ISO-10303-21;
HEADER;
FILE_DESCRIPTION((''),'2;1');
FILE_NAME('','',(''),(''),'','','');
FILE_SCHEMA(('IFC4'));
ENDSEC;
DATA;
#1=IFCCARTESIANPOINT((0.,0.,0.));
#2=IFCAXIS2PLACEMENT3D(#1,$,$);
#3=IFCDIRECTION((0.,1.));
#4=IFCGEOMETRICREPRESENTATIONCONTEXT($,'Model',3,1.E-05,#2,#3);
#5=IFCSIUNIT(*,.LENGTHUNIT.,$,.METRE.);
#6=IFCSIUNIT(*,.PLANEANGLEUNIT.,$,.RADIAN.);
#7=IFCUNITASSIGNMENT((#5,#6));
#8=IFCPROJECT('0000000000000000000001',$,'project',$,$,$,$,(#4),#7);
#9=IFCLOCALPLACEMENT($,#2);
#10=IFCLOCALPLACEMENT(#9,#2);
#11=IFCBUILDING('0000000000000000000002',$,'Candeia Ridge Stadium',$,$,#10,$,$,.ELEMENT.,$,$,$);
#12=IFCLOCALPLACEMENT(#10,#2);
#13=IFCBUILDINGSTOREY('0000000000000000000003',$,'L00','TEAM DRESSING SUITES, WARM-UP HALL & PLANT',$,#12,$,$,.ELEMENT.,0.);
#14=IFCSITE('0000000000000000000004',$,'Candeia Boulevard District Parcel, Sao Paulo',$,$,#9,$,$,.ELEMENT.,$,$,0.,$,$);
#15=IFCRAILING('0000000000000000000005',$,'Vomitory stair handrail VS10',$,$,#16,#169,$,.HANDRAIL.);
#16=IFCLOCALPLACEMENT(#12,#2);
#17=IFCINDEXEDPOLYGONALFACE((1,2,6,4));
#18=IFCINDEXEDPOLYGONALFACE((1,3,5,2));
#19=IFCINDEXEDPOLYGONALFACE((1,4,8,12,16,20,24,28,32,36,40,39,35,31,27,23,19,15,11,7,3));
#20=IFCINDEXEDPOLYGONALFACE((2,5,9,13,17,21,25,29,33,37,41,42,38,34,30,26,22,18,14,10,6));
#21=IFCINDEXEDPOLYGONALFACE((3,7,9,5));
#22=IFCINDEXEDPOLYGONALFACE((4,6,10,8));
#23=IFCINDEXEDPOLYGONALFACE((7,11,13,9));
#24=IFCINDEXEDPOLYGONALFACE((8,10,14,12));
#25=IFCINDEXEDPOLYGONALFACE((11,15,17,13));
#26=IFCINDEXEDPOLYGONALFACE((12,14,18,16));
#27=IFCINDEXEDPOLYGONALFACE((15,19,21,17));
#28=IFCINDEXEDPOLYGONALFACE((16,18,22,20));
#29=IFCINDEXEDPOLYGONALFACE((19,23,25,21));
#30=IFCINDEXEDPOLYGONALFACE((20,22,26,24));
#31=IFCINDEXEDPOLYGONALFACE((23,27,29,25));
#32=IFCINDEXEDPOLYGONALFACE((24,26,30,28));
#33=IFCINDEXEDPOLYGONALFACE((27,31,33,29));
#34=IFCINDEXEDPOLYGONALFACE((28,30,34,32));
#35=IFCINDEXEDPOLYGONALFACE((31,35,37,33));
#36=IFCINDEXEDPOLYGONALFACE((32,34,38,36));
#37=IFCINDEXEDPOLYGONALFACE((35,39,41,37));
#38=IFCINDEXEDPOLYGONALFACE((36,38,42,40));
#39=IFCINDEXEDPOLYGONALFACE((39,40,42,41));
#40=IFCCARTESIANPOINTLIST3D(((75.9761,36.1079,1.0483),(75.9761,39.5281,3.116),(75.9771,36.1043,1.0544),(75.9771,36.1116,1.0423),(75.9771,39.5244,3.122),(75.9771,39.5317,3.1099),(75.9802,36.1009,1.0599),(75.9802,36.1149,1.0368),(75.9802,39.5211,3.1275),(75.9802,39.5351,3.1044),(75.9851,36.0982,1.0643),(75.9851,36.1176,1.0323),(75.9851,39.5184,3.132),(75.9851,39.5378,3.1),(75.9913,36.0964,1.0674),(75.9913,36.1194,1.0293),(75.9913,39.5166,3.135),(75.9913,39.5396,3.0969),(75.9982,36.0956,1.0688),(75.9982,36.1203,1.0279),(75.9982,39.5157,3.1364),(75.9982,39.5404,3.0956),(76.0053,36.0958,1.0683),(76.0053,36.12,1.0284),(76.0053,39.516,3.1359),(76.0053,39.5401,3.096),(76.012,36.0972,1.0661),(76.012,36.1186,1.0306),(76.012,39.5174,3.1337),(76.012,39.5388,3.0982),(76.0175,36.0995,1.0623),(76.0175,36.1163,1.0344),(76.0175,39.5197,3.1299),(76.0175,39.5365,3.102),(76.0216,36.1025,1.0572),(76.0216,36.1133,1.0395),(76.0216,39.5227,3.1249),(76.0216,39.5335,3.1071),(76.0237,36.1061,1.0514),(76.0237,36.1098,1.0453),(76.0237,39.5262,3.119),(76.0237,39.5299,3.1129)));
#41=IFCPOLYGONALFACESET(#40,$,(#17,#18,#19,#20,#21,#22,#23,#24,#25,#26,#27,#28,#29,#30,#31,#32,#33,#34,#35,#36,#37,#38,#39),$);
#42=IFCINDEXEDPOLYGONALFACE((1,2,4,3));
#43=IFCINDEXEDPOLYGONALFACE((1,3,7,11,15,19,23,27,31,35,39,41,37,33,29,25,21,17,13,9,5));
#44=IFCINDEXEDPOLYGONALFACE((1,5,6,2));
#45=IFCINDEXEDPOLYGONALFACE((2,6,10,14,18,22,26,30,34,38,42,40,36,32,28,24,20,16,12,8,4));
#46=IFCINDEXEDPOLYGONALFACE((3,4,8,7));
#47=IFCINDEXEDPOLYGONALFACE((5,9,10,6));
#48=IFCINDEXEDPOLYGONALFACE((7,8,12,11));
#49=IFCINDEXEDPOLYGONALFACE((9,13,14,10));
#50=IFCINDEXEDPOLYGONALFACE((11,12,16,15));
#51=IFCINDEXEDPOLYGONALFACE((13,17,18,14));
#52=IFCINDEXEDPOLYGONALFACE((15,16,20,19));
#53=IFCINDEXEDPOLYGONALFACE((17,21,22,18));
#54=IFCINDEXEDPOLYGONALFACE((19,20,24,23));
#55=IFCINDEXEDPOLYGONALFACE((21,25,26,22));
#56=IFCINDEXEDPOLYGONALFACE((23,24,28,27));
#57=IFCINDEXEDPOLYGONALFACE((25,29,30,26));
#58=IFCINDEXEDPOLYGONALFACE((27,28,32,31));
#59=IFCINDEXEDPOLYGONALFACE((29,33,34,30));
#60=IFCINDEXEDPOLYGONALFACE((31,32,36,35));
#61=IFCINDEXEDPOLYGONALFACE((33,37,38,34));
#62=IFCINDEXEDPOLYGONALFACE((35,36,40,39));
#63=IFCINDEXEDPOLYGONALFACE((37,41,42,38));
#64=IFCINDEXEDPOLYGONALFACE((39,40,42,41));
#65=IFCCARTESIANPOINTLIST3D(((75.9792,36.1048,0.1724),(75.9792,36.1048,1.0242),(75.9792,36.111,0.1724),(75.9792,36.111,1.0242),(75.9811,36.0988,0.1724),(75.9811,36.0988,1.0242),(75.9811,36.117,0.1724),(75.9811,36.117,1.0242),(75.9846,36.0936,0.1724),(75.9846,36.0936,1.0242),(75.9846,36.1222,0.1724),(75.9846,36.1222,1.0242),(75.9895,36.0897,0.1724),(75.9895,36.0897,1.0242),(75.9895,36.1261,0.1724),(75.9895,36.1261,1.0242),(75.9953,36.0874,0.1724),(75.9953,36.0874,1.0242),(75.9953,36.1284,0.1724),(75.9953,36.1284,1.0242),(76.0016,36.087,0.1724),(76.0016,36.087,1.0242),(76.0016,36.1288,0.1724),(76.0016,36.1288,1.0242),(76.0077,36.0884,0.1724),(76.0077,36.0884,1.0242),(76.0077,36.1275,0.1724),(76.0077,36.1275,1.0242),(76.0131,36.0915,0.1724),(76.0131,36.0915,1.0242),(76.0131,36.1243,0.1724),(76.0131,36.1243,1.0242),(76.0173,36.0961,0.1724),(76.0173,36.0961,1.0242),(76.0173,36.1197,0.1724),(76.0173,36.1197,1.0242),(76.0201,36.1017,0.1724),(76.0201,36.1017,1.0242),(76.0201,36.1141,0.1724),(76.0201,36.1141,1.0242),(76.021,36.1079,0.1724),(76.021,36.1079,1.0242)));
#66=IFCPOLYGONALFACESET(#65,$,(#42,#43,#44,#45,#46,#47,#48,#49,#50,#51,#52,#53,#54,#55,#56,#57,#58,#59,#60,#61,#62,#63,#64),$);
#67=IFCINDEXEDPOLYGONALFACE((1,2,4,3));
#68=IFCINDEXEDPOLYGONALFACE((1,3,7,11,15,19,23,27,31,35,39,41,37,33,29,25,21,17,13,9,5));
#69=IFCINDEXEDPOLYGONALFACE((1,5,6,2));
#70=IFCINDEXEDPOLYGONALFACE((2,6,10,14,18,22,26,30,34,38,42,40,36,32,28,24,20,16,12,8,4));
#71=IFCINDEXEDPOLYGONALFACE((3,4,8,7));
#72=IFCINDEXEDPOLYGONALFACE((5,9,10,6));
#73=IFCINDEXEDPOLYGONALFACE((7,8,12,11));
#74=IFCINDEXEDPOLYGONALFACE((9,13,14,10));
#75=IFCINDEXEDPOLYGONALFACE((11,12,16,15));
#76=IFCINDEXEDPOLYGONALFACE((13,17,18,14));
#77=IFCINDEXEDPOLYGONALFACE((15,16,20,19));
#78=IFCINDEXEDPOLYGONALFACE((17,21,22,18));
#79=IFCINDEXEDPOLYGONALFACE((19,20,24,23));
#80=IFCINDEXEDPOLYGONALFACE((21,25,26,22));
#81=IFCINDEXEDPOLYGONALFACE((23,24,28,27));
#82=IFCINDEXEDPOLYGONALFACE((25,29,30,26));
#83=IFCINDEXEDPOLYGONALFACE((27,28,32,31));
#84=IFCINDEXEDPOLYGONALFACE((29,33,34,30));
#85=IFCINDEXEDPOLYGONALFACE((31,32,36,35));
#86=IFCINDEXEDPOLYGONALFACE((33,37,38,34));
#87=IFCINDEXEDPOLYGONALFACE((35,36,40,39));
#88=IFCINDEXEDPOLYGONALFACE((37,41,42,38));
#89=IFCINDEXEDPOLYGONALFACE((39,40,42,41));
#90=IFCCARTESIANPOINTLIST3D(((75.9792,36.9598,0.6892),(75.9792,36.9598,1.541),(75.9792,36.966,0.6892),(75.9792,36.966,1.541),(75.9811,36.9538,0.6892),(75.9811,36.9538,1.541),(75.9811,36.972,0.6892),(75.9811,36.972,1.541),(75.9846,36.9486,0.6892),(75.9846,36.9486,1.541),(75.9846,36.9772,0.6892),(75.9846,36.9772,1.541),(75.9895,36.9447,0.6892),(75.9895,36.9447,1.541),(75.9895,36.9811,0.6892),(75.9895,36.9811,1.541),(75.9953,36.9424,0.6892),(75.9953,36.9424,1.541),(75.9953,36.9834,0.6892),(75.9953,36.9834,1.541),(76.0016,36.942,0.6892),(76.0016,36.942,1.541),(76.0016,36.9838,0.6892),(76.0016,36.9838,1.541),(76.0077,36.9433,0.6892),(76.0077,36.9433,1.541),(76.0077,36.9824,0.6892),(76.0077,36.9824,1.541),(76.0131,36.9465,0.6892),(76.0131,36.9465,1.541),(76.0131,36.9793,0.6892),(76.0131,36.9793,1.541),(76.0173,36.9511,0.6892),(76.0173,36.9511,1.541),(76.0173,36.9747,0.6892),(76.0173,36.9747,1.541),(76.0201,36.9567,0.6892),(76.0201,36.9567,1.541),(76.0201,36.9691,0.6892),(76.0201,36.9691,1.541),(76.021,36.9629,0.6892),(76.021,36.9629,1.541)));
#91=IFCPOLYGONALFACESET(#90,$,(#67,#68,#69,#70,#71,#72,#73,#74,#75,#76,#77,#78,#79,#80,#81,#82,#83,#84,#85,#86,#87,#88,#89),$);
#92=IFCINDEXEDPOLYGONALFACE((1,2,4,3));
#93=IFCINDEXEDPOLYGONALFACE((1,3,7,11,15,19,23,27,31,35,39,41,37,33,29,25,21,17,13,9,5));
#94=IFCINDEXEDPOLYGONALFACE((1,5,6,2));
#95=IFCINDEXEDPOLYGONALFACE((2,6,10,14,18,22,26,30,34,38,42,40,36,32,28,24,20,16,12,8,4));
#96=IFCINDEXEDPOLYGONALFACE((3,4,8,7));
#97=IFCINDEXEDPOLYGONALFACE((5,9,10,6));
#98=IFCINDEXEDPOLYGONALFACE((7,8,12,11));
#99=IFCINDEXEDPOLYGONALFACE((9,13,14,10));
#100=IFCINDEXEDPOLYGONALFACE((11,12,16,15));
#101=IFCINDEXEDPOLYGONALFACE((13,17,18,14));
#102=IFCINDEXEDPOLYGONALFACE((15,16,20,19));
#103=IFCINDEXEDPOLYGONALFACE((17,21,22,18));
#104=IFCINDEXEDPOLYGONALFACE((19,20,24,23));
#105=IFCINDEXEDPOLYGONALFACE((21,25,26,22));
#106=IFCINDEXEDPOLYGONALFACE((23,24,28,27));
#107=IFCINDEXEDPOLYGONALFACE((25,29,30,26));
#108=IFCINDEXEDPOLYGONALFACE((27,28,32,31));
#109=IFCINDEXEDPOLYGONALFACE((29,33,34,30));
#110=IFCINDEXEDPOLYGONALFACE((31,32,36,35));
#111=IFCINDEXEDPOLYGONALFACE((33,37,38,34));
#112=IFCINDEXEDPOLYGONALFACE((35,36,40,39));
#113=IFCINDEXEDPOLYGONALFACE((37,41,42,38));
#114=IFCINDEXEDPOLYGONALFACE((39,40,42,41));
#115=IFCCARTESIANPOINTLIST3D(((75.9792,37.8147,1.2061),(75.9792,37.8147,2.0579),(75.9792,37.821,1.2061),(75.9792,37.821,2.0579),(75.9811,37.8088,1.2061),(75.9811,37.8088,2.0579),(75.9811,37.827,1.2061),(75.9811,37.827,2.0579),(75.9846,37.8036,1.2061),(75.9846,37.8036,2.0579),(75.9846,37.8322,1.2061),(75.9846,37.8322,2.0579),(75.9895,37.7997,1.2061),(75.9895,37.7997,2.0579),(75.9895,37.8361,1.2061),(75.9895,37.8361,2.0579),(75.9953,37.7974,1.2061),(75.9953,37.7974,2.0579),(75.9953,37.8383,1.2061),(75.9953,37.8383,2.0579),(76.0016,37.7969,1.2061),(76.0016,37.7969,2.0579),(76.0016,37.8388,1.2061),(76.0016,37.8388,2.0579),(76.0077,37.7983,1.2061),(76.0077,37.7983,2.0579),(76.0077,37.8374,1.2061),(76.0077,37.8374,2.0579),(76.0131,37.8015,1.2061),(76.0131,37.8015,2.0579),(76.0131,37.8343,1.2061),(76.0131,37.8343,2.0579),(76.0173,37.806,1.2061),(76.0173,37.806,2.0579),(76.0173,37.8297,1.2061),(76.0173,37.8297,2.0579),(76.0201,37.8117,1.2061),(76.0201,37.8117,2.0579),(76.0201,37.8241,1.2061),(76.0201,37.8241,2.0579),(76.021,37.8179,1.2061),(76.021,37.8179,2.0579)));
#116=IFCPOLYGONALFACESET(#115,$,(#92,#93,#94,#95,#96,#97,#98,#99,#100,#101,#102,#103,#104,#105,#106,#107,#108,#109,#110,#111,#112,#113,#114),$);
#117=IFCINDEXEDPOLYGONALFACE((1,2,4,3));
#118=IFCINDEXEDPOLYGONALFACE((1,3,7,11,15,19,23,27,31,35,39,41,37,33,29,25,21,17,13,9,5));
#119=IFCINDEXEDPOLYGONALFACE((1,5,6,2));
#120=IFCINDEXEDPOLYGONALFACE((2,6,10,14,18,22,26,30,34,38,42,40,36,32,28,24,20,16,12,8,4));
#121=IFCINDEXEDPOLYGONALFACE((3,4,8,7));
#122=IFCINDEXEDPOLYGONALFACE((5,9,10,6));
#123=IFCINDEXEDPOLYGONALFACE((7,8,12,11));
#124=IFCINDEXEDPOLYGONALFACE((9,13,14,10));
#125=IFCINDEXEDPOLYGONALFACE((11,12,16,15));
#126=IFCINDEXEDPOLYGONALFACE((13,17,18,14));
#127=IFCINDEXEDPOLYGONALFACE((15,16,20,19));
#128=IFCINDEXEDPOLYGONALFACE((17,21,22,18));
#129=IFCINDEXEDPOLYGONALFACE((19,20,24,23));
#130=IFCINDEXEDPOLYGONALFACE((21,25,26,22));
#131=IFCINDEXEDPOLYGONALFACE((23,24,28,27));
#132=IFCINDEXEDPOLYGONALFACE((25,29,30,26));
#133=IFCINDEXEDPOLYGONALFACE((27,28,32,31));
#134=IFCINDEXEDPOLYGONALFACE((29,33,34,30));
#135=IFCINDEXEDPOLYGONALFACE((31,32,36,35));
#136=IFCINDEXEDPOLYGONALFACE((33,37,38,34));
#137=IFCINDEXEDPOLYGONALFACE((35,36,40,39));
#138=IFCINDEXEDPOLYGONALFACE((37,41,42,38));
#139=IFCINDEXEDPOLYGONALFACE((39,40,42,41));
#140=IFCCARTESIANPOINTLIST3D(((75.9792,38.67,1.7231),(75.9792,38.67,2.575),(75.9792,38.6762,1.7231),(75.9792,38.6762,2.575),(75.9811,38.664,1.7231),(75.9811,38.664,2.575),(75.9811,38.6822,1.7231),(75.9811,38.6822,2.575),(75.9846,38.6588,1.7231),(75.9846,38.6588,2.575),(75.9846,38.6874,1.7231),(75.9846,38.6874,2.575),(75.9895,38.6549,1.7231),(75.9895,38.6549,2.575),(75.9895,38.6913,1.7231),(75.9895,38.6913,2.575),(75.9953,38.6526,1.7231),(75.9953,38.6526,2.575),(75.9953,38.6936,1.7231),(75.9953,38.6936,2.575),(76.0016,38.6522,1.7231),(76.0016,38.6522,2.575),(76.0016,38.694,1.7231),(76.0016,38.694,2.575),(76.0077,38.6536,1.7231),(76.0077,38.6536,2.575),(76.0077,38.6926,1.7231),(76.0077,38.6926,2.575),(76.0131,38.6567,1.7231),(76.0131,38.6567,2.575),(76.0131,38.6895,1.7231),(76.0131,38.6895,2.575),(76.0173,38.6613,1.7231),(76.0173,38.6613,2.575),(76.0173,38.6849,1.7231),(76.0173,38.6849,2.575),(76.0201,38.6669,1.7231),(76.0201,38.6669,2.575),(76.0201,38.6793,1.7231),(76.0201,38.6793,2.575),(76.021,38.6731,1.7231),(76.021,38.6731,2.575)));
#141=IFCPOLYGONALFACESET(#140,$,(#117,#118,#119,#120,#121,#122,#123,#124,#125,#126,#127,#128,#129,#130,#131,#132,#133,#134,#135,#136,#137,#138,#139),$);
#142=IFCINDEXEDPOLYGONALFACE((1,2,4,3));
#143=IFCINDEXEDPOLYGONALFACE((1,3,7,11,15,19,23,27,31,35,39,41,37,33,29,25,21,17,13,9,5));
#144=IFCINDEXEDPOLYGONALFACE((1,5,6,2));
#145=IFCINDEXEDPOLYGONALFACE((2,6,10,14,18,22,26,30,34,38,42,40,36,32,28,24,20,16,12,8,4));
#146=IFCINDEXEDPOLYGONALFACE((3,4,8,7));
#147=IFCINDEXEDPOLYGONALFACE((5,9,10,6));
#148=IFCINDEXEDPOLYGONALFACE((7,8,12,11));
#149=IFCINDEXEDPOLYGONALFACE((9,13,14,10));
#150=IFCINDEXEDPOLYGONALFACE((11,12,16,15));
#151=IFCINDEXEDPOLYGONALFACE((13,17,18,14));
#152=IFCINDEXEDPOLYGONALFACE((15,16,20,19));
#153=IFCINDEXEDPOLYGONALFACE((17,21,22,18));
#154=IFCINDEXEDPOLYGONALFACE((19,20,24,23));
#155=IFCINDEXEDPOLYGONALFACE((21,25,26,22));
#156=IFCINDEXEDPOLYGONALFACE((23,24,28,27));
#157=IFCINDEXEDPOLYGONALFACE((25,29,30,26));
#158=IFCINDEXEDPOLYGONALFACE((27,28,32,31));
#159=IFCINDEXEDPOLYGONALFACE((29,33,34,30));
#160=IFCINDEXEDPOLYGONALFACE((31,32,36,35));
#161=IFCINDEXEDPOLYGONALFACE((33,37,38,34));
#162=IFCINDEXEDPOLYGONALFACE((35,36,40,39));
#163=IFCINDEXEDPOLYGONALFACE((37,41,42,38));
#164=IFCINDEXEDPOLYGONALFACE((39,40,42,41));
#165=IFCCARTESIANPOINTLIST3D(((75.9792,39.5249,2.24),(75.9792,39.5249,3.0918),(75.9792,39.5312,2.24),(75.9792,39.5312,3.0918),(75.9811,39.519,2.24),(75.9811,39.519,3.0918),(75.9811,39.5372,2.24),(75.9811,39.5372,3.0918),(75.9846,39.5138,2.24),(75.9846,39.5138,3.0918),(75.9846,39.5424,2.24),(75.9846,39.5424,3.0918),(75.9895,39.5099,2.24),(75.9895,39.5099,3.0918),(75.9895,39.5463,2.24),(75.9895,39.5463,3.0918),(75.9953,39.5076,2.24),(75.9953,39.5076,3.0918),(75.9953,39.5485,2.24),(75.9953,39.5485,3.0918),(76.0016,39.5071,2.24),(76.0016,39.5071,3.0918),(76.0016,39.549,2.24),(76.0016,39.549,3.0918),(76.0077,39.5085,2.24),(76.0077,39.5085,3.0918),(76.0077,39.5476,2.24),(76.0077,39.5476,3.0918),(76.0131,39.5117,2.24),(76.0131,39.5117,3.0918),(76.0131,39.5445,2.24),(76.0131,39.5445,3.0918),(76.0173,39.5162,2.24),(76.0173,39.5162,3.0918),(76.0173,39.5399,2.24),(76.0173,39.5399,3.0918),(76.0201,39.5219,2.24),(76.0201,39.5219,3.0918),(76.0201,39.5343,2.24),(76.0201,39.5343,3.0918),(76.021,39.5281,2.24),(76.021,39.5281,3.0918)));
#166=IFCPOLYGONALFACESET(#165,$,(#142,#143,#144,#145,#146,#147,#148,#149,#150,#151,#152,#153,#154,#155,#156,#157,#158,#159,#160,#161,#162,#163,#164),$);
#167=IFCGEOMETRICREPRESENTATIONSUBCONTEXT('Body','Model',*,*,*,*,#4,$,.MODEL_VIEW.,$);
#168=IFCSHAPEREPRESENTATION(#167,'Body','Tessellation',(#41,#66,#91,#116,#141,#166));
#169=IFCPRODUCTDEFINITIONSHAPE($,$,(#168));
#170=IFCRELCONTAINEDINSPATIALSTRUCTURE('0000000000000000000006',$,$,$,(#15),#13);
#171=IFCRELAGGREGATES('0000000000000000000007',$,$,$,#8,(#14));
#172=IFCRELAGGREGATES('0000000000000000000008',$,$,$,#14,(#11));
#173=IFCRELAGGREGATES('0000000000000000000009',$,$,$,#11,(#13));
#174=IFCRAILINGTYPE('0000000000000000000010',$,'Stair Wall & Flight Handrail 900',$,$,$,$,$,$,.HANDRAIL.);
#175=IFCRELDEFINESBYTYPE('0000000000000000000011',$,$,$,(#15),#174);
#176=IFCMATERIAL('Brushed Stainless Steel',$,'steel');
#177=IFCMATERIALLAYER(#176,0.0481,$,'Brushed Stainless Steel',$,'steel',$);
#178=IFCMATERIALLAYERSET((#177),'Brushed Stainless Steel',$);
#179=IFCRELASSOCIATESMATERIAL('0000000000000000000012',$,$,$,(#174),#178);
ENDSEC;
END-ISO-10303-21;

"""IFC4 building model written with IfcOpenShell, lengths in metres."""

from ifc_helpers import new_model, si_unit, direction, frame, origin, origin_2d, place, context, subcontext, project, spatial, circle, extrude, material, layer, layer_set, type_object, element, save


model = new_model("IFC4")

# Units and contexts
model_context = context("Model", 3, precision=1e-05, world=origin(), true_north=direction((0.0, 1.0)))
body_context = subcontext(model_context, "Body", "Model", "MODEL_VIEW")
ifc_project = project(units=[si_unit("LENGTHUNIT", "METRE"), si_unit("PLANEANGLEUNIT", "RADIAN")], contexts=[model_context])

# Site, building, storey
site_placement = place(None, origin())
site = spatial("IfcSite", under=ifc_project, at=site_placement, Name="Candeia Boulevard District Parcel, Sao Paulo", CompositionType="ELEMENT", RefElevation=0.0)
building_placement = place(site_placement, origin())
building = spatial("IfcBuilding", under=site, at=building_placement, Name="Candeia Ridge Stadium", CompositionType="ELEMENT")
storey_placement = place(building_placement, origin())
storey = spatial("IfcBuildingStorey", under=building, at=storey_placement, Name="L00", Description="TEAM DRESSING SUITES, WARM-UP HALL & PLANT", CompositionType="ELEMENT", Elevation=0.0)

# Railing
ifc_material_1 = material(Name="Brushed Stainless Steel", Category="steel")
ifc_layer_1 = layer(ifc_material_1, 0.0481, Name="Brushed Stainless Steel", Category="steel")
ifc_layer_set_1 = layer_set([ifc_layer_1], Name="Brushed Stainless Steel")
railing_type_1 = type_object("IfcRailingType", Name="Stair Wall & Flight Handrail 900", PredefinedType="HANDRAIL", material=ifc_layer_set_1)
railing_1_placement = place(storey_placement, frame((76.0, 36.1079, 0.1724)))
element("IfcRailing", 1, at=railing_1_placement, inside=storey, type_object=railing_type_1, Name="Vomitory stair handrail VS10", PredefinedType="HANDRAIL", context=body_context, shape_type="SweptSolid", body=[
    extrude(circle(Radius=0.0239, at=origin_2d()), frame((0.0, 0.0, 0.876), z_axis=(0.0, 0.855774, 0.51735), x_axis=(-1.0, 0.0, 0.0)), (0.0, 0.0, 1.0), 3.9966),
    extrude(circle(Radius=0.021, at=origin_2d()), origin(), (0.0, 0.0, 1.0), 0.8518),
    extrude(circle(Radius=0.021, at=origin_2d()), frame((0.0, 0.855, 0.5168)), (0.0, 0.0, 1.0), 0.8518),
    extrude(circle(Radius=0.021, at=origin_2d()), frame((0.0, 1.71, 1.0337)), (0.0, 0.0, 1.0), 0.8518),
    extrude(circle(Radius=0.021, at=origin_2d()), frame((0.0, 2.5652, 1.5508)), (0.0, 0.0, 1.0), 0.8518),
    extrude(circle(Radius=0.021, at=origin_2d()), frame((0.0, 3.4202, 2.0676)), (0.0, 0.0, 1.0), 0.8518),
])

save(model, "model.ifc")
